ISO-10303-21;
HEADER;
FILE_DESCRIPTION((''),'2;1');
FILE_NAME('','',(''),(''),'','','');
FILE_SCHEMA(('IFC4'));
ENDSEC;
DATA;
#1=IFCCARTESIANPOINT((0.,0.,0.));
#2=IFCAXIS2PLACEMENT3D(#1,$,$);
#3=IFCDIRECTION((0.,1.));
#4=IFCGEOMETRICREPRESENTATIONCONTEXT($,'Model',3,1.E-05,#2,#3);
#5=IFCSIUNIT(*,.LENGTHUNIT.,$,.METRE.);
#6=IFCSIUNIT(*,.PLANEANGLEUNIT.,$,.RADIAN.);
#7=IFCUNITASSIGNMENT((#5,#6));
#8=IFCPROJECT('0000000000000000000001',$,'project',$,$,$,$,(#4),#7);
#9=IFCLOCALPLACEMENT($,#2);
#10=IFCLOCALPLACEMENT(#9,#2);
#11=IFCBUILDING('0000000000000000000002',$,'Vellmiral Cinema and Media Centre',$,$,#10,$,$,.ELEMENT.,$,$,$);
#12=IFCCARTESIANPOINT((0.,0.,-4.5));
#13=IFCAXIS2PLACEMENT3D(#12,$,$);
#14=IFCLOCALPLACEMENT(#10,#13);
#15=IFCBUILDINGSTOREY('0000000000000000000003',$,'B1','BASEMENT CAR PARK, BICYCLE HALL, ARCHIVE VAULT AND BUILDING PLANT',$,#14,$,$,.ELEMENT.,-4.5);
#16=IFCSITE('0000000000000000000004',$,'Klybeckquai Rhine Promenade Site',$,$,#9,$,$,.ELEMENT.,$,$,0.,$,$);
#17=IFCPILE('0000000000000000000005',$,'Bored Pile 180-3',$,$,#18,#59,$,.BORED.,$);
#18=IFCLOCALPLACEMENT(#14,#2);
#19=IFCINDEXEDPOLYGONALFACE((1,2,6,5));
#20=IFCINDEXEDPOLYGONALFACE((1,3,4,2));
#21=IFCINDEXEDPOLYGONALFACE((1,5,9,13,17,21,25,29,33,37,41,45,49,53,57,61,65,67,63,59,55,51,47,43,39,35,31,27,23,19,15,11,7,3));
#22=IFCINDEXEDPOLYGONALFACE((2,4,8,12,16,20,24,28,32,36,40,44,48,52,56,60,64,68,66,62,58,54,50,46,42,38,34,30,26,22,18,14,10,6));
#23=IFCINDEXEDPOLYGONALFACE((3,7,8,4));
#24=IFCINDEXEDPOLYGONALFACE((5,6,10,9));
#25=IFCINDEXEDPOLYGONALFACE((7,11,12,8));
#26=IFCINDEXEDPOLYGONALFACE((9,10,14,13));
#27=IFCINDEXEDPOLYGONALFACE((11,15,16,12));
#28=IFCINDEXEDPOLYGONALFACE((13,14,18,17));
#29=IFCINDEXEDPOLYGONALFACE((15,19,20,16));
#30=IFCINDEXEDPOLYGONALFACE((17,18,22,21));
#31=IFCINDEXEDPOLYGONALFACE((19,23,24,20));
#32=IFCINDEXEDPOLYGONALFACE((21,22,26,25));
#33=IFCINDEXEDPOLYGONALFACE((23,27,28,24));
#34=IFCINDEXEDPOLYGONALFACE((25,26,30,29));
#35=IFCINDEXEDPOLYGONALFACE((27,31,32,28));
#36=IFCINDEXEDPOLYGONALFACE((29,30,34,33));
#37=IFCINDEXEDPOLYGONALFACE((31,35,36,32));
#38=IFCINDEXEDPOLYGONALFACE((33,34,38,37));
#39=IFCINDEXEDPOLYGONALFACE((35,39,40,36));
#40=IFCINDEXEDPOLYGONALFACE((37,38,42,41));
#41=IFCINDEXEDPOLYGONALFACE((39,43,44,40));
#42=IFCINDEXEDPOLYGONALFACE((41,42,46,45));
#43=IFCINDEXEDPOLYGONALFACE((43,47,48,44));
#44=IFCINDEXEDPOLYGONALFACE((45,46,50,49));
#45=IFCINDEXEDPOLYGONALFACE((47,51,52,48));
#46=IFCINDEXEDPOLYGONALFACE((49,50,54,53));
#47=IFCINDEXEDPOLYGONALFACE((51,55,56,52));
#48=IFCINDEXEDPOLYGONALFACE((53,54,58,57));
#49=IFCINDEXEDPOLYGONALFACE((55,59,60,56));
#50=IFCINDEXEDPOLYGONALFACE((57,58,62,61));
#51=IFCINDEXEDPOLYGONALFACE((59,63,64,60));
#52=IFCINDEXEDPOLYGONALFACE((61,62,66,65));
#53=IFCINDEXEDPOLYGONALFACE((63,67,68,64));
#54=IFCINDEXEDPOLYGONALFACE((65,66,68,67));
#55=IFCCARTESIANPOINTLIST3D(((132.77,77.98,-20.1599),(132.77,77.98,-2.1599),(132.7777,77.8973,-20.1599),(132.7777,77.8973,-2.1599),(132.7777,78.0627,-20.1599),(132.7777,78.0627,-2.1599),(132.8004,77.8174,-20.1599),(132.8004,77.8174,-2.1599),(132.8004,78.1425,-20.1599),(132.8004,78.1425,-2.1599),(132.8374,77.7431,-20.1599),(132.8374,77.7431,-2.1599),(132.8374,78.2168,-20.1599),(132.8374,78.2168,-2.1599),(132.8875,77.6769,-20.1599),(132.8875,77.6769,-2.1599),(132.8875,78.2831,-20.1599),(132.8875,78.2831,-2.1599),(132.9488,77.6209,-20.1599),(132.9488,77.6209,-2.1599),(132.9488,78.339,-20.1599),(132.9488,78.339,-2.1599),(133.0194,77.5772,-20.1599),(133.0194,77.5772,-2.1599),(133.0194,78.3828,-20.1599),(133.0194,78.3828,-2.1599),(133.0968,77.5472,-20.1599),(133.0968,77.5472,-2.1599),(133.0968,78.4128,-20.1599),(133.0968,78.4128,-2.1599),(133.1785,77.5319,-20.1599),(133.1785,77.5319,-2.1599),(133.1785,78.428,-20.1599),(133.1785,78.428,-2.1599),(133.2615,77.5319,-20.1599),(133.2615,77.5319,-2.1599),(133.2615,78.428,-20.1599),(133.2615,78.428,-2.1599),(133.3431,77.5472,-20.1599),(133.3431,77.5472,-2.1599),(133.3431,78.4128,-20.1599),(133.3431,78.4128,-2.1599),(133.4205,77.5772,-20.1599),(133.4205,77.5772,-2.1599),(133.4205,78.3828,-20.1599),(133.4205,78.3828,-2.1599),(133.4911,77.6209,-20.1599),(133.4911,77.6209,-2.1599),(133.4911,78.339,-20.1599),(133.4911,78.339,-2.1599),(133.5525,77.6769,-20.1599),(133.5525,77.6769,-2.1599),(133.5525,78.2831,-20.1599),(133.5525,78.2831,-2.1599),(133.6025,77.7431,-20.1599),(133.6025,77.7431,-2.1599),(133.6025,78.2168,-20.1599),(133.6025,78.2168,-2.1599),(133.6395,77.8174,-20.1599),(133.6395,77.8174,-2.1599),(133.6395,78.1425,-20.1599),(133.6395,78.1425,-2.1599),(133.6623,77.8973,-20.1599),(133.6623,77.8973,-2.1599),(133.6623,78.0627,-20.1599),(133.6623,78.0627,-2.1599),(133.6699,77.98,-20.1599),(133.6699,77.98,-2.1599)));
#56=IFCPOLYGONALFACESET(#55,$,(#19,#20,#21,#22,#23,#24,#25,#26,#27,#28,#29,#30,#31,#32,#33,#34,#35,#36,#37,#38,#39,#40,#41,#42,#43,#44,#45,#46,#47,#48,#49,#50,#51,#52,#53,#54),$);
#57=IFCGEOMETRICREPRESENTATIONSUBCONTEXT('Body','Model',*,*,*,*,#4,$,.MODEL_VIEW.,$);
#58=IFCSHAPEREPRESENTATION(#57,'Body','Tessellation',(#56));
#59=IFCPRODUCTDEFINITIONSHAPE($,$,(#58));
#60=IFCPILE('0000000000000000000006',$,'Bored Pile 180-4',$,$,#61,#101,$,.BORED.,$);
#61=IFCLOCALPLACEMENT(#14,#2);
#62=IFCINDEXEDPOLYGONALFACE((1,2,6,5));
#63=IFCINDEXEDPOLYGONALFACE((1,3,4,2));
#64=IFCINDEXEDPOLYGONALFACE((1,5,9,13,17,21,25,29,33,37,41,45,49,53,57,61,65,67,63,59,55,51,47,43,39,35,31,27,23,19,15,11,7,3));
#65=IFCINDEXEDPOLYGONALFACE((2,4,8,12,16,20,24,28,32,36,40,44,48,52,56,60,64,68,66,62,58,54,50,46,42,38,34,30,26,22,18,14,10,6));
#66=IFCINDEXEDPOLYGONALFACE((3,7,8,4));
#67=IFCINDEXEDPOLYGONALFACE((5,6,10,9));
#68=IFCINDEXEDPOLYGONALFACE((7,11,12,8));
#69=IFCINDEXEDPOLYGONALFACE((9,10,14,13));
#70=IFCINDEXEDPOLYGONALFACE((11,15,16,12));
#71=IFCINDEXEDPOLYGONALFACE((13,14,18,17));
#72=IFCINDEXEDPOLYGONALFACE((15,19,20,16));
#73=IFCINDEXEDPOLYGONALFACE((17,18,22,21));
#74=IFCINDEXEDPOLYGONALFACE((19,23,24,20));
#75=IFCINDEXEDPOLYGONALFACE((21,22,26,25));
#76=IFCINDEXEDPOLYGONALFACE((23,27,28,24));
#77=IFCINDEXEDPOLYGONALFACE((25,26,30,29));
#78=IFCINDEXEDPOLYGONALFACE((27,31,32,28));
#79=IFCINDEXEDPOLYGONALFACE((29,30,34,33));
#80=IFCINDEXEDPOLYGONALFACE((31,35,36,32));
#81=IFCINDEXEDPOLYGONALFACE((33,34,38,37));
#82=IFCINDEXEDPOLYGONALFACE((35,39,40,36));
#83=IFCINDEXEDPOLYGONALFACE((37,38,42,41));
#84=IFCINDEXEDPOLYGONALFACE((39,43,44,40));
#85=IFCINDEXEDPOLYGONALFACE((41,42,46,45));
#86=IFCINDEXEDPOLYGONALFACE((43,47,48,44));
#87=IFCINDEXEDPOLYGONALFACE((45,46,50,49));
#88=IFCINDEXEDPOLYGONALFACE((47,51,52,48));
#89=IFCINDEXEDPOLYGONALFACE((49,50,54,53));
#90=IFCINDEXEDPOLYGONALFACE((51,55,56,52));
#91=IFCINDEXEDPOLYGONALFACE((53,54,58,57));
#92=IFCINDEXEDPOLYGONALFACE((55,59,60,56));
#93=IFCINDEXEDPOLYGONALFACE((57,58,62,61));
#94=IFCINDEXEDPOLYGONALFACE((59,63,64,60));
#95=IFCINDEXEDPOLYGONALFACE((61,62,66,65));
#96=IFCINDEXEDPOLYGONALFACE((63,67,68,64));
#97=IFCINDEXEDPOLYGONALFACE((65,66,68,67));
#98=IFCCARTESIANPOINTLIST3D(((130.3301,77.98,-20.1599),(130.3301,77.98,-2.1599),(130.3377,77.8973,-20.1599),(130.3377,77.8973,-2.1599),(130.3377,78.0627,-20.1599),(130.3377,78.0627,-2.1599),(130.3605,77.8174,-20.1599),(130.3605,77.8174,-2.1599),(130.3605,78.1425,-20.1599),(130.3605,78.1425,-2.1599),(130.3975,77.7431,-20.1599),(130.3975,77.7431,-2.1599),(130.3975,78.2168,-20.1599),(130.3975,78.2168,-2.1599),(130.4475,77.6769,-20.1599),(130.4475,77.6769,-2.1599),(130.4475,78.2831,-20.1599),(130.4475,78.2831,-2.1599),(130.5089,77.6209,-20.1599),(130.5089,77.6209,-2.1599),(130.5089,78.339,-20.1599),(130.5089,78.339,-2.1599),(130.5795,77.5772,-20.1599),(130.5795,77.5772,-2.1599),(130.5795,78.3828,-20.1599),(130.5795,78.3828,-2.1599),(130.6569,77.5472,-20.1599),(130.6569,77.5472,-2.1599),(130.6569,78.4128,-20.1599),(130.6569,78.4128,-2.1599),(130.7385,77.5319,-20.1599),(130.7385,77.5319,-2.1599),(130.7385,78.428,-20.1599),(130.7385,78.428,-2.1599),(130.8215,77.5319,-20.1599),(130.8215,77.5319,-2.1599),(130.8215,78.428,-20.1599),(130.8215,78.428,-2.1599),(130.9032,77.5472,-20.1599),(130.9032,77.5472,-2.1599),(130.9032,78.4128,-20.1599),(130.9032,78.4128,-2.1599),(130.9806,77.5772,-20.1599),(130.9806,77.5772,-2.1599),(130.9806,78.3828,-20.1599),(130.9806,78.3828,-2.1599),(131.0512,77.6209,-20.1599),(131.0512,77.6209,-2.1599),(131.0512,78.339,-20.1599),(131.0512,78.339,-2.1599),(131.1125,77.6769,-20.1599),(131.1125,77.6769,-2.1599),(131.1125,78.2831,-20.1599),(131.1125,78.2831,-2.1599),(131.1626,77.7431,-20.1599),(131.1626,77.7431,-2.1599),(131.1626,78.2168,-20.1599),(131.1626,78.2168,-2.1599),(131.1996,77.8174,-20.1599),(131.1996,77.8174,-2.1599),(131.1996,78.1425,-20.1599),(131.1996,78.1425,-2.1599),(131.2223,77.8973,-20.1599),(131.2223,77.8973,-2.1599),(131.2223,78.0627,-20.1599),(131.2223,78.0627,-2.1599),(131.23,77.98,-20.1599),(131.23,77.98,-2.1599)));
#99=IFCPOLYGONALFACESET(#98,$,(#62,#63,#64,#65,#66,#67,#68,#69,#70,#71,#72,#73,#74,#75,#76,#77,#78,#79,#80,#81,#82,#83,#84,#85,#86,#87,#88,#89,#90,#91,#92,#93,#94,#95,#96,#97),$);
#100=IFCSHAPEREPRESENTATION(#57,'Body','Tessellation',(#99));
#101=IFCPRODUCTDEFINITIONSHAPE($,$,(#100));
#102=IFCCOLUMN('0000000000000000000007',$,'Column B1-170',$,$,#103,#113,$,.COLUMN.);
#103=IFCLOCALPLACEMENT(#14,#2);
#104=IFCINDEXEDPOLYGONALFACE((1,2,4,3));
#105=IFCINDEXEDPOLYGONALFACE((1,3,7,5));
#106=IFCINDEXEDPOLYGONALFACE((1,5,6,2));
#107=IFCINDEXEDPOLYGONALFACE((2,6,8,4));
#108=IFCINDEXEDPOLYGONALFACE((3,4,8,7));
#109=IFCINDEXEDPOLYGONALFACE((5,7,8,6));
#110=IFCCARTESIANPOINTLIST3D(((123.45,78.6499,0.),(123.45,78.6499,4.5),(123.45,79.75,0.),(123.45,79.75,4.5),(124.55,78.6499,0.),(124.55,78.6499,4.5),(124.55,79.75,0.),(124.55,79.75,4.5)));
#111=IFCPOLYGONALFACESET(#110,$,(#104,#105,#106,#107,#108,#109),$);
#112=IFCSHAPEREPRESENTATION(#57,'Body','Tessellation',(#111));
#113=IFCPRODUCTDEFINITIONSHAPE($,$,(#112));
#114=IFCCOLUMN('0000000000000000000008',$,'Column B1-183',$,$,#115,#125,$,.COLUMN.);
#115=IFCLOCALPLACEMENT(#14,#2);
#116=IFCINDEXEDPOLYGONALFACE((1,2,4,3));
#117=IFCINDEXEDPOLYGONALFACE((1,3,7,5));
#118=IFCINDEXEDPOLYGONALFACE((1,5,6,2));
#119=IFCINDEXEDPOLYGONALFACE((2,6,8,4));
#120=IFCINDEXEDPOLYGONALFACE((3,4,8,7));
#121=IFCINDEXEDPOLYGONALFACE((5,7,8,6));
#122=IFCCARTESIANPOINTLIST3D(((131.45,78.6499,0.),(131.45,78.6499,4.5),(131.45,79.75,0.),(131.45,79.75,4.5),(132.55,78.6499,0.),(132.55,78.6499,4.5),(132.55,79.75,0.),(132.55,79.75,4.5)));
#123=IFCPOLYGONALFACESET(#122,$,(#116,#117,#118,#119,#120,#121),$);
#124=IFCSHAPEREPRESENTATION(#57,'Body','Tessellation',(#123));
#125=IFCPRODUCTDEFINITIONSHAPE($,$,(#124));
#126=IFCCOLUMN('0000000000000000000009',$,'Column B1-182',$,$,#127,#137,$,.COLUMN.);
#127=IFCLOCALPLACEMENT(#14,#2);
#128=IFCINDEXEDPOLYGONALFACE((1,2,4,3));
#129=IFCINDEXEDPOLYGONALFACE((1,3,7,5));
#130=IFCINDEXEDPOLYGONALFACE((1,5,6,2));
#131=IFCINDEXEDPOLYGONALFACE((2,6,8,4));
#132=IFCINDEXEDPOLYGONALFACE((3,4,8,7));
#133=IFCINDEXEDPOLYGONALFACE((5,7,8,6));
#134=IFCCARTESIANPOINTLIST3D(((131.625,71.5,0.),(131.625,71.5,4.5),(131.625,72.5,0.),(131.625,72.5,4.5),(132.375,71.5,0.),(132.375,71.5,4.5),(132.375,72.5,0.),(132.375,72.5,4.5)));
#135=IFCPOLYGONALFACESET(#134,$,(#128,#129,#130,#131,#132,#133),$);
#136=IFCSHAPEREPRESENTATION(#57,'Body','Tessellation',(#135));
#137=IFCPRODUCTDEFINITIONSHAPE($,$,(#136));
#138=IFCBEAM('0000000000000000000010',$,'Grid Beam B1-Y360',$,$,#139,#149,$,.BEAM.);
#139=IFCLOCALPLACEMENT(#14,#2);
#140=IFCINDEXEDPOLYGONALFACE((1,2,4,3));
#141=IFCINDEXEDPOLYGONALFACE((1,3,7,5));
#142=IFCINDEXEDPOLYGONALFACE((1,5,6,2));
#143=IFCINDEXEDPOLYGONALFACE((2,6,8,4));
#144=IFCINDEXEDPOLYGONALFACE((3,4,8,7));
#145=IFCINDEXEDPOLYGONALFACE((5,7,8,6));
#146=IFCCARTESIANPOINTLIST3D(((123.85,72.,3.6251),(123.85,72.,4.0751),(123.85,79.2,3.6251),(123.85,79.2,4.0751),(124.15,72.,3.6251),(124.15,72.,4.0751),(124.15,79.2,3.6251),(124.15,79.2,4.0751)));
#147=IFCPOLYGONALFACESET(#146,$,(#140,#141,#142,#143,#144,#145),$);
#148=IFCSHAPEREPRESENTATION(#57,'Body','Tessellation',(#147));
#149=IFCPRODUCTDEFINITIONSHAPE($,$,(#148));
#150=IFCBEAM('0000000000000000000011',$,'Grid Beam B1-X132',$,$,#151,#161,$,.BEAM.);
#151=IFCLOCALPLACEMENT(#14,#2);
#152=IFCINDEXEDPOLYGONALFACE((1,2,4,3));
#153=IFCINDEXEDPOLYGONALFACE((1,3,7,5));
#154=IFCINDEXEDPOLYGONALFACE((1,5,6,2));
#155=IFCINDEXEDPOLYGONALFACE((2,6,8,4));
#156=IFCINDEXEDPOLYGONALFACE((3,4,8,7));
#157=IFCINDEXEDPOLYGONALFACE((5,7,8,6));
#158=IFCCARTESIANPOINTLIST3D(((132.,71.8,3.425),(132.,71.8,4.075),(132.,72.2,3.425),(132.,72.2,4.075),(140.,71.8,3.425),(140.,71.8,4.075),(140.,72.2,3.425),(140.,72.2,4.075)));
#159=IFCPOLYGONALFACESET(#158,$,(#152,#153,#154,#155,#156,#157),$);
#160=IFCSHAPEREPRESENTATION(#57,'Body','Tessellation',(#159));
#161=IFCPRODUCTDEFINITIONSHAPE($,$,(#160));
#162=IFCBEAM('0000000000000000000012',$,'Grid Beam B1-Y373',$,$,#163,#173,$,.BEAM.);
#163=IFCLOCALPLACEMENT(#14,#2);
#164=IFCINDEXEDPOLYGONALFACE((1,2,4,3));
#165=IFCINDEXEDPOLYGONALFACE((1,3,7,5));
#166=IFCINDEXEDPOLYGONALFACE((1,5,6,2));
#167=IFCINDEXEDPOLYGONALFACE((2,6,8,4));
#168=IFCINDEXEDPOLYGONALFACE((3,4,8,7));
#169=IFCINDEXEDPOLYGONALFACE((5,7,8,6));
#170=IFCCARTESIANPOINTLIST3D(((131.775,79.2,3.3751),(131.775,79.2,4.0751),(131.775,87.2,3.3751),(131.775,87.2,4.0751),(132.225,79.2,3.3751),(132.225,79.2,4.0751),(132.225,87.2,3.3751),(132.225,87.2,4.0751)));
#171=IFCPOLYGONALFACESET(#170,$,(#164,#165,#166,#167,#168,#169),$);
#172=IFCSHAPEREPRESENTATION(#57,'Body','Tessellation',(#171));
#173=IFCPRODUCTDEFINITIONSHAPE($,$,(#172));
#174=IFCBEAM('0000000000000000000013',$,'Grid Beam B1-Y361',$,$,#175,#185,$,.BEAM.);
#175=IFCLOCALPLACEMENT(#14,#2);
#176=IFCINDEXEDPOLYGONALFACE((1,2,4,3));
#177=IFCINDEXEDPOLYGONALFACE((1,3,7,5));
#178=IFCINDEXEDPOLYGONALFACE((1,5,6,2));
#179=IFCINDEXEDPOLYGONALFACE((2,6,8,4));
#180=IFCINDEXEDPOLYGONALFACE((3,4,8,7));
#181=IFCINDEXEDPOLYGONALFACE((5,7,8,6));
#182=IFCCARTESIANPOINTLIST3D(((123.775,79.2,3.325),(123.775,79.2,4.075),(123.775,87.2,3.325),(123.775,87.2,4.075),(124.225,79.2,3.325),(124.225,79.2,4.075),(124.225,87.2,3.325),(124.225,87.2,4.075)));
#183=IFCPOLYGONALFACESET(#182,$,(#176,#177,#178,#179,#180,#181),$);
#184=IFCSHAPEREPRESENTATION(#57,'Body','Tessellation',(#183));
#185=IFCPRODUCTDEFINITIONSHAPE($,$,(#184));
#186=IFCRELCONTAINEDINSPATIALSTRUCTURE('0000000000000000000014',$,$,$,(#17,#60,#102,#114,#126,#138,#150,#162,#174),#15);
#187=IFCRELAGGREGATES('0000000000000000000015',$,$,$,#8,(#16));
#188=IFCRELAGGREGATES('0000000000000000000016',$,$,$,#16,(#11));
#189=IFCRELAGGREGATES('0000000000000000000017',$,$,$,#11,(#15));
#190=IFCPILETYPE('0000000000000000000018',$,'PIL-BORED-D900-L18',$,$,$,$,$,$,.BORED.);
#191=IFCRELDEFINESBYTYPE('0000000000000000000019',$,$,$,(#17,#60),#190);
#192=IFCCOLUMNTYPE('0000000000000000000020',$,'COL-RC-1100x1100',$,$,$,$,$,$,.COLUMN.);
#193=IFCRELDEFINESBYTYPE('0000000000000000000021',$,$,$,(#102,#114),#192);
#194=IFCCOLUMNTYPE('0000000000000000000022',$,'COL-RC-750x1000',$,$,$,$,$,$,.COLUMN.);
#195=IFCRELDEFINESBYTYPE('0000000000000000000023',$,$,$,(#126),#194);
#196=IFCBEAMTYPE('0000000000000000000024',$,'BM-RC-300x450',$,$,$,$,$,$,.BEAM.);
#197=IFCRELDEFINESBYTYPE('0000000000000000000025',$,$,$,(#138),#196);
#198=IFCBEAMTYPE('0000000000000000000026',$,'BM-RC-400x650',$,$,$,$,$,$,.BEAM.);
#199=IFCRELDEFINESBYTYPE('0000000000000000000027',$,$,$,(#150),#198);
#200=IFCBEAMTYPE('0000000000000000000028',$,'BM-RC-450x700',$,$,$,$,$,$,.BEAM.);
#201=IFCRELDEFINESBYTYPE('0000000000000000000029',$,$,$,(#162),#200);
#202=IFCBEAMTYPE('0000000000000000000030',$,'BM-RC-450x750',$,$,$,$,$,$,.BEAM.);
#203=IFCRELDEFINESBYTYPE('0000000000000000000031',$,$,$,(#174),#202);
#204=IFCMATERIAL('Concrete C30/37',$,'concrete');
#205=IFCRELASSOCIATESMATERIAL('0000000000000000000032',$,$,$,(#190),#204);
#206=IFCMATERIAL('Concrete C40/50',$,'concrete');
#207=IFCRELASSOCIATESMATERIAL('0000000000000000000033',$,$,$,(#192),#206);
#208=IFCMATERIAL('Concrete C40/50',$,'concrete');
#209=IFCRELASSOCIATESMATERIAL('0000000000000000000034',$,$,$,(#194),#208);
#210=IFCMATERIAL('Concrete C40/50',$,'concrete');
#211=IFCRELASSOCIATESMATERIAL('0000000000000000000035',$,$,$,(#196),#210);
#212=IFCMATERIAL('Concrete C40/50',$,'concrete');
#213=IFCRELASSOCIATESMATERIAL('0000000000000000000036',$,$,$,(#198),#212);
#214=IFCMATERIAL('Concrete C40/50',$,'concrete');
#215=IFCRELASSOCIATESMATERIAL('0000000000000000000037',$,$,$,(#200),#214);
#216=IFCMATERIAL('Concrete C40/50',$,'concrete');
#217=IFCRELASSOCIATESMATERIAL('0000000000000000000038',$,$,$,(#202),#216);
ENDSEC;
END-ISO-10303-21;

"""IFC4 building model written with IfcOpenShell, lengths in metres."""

from ifc_helpers import new_model, si_unit, direction, frame, origin, origin_2d, place, context, subcontext, project, spatial, rectangle, circle, extrude, material, material_profile, profile_set, type_object, element, save


model = new_model("IFC4")

# Units and contexts
model_context = context("Model", 3, precision=1e-05, world=origin(), true_north=direction((0.0, 1.0)))
body_context = subcontext(model_context, "Body", "Model", "MODEL_VIEW")
ifc_project = project(units=[si_unit("LENGTHUNIT", "METRE"), si_unit("PLANEANGLEUNIT", "RADIAN")], contexts=[model_context])

# Site, building, storey
site_placement = place(None, origin())
site = spatial("IfcSite", under=ifc_project, at=site_placement, Name="Klybeckquai Rhine Promenade Site", CompositionType="ELEMENT", RefElevation=0.0)
building_placement = place(site_placement, origin())
building = spatial("IfcBuilding", under=site, at=building_placement, Name="Vellmiral Cinema and Media Centre", CompositionType="ELEMENT")
storey_placement = place(building_placement, frame((0.0, 0.0, -4.5)))
storey = spatial("IfcBuildingStorey", under=building, at=storey_placement, Name="B1", Description="BASEMENT CAR PARK, BICYCLE HALL, ARCHIVE VAULT AND BUILDING PLANT", CompositionType="ELEMENT", Elevation=-4.5)

# Piles
ifc_material_1 = material(Name="Concrete C30/37", Category="concrete")
ifc_material_profile_1 = material_profile(ifc_material_1, circle(Radius=0.45, at=origin_2d()), Name="PILE D900")
ifc_profile_set_1 = profile_set([ifc_material_profile_1], Name="Concrete C30/37")
pile_type_1 = type_object("IfcPileType", Name="PIL-BORED-D900-L18", PredefinedType="BORED", material=ifc_profile_set_1)
for number, where, z_axis, x_axis, name in (
    (1, (133.22, 77.98, -2.1599), (0.0, 0.0, -1.0), (1.0, 0.0, 0.0), "Bored Pile 180-3"),
    (2, (130.78, 77.98, -2.1599), (0.0, 0.0, -1.0), (1.0, 0.0, 0.0), "Bored Pile 180-4"),
):
    element("IfcPile", number, at=place(storey_placement, frame(where, z_axis=z_axis, x_axis=x_axis)), inside=storey, type_object=pile_type_1, Name=name, PredefinedType="BORED", context=body_context, shape_type="SweptSolid", body=[
        extrude(circle(Radius=0.45, at=origin_2d()), origin(), (0.0, 0.0, 1.0), 18.0),
    ])

# Columns
ifc_material_2 = material(Name="Concrete C40/50", Category="concrete")
ifc_material_profile_2 = material_profile(ifc_material_2, rectangle(XDim=1.1001, YDim=1.1001, at=origin_2d()), Name="RC 1100x1100")
ifc_profile_set_2 = profile_set([ifc_material_profile_2], Name="Concrete C40/50")
column_type_1 = type_object("IfcColumnType", Name="COL-RC-1100x1100", PredefinedType="COLUMN", material=ifc_profile_set_2)
for number, where, z_axis, x_axis, name in (
    (3, (124.0, 79.2, 0.0), (0.0, 0.0, 1.0), (1.0, 0.0, 0.0), "Column B1-170"),
    (4, (132.0, 79.2, 0.0), (0.0, 0.0, 1.0), (1.0, 0.0, 0.0), "Column B1-183"),
):
    element("IfcColumn", number, at=place(storey_placement, frame(where, z_axis=z_axis, x_axis=x_axis)), inside=storey, type_object=column_type_1, Name=name, PredefinedType="COLUMN", context=body_context, shape_type="SweptSolid", body=[
        extrude(rectangle(XDim=1.1001, YDim=1.1001, at=origin_2d()), origin(), (0.0, 0.0, 1.0), 4.5),
    ])
ifc_material_3 = material(Name="Concrete C40/50", Category="concrete")
ifc_material_profile_3 = material_profile(ifc_material_3, rectangle(XDim=0.75, YDim=1.0, at=origin_2d()), Name="RC 750x1000")
ifc_profile_set_3 = profile_set([ifc_material_profile_3], Name="Concrete C40/50")
column_type_2 = type_object("IfcColumnType", Name="COL-RC-750x1000", PredefinedType="COLUMN", material=ifc_profile_set_3)
column_placement = place(storey_placement, frame((132.0, 72.0, 0.0), z_axis=(0.0, 0.0, 1.0), x_axis=(1.0, 0.0, 0.0)))
element("IfcColumn", 5, at=column_placement, inside=storey, type_object=column_type_2, Name="Column B1-182", PredefinedType="COLUMN", context=body_context, shape_type="SweptSolid", body=[
    extrude(rectangle(XDim=0.75, YDim=1.0, at=origin_2d()), origin(), (0.0, 0.0, 1.0), 4.5),
])

# Beams
ifc_material_4 = material(Name="Concrete C40/50", Category="concrete")
ifc_material_profile_4 = material_profile(ifc_material_4, rectangle(XDim=0.3, YDim=0.45, at=origin_2d()), Name="RC 300x450")
ifc_profile_set_4 = profile_set([ifc_material_profile_4], Name="Concrete C40/50")
beam_type_1 = type_object("IfcBeamType", Name="BM-RC-300x450", PredefinedType="BEAM", material=ifc_profile_set_4)
beam_1_placement = place(storey_placement, frame((124.0, 72.0, 3.8501), z_axis=(0.0, 1.0, 0.0), x_axis=(-1.0, 0.0, 0.0)))
element("IfcBeam", 6, at=beam_1_placement, inside=storey, type_object=beam_type_1, Name="Grid Beam B1-Y360", PredefinedType="BEAM", context=body_context, shape_type="SweptSolid", body=[
    extrude(rectangle(XDim=0.3, YDim=0.45, at=origin_2d()), origin(), (0.0, 0.0, 1.0), 7.2),
])
ifc_material_5 = material(Name="Concrete C40/50", Category="concrete")
ifc_material_profile_5 = material_profile(ifc_material_5, rectangle(XDim=0.3999, YDim=0.6499, at=origin_2d()), Name="RC 400x650")
ifc_profile_set_5 = profile_set([ifc_material_profile_5], Name="Concrete C40/50")
beam_type_2 = type_object("IfcBeamType", Name="BM-RC-400x650", PredefinedType="BEAM", material=ifc_profile_set_5)
beam_2_placement = place(storey_placement, frame((132.0, 72.0, 3.75), z_axis=(1.0, 0.0, 0.0), x_axis=(0.0, 1.0, 0.0)))
element("IfcBeam", 7, at=beam_2_placement, inside=storey, type_object=beam_type_2, Name="Grid Beam B1-X132", PredefinedType="BEAM", context=body_context, shape_type="SweptSolid", body=[
    extrude(rectangle(XDim=0.3999, YDim=0.6499, at=origin_2d()), origin(), (0.0, 0.0, 1.0), 8.0),
])
ifc_material_6 = material(Name="Concrete C40/50", Category="concrete")
ifc_material_profile_6 = material_profile(ifc_material_6, rectangle(XDim=0.45, YDim=0.7, at=origin_2d()), Name="RC 450x700")
ifc_profile_set_6 = profile_set([ifc_material_profile_6], Name="Concrete C40/50")
beam_type_3 = type_object("IfcBeamType", Name="BM-RC-450x700", PredefinedType="BEAM", material=ifc_profile_set_6)
beam_3_placement = place(storey_placement, frame((132.0, 79.2, 3.7251), z_axis=(0.0, 1.0, 0.0), x_axis=(-1.0, 0.0, 0.0)))
element("IfcBeam", 8, at=beam_3_placement, inside=storey, type_object=beam_type_3, Name="Grid Beam B1-Y373", PredefinedType="BEAM", context=body_context, shape_type="SweptSolid", body=[
    extrude(rectangle(XDim=0.45, YDim=0.7, at=origin_2d()), origin(), (0.0, 0.0, 1.0), 8.0),
])
ifc_material_7 = material(Name="Concrete C40/50", Category="concrete")
ifc_material_profile_7 = material_profile(ifc_material_7, rectangle(XDim=0.45, YDim=0.75, at=origin_2d()), Name="RC 450x750")
ifc_profile_set_7 = profile_set([ifc_material_profile_7], Name="Concrete C40/50")
beam_type_4 = type_object("IfcBeamType", Name="BM-RC-450x750", PredefinedType="BEAM", material=ifc_profile_set_7)
beam_4_placement = place(storey_placement, frame((124.0, 79.2, 3.7), z_axis=(0.0, 1.0, 0.0), x_axis=(-1.0, 0.0, 0.0)))
element("IfcBeam", 9, at=beam_4_placement, inside=storey, type_object=beam_type_4, Name="Grid Beam B1-Y361", PredefinedType="BEAM", context=body_context, shape_type="SweptSolid", body=[
    extrude(rectangle(XDim=0.45, YDim=0.75, at=origin_2d()), origin(), (0.0, 0.0, 1.0), 8.0),
])

save(model, "model.ifc")
